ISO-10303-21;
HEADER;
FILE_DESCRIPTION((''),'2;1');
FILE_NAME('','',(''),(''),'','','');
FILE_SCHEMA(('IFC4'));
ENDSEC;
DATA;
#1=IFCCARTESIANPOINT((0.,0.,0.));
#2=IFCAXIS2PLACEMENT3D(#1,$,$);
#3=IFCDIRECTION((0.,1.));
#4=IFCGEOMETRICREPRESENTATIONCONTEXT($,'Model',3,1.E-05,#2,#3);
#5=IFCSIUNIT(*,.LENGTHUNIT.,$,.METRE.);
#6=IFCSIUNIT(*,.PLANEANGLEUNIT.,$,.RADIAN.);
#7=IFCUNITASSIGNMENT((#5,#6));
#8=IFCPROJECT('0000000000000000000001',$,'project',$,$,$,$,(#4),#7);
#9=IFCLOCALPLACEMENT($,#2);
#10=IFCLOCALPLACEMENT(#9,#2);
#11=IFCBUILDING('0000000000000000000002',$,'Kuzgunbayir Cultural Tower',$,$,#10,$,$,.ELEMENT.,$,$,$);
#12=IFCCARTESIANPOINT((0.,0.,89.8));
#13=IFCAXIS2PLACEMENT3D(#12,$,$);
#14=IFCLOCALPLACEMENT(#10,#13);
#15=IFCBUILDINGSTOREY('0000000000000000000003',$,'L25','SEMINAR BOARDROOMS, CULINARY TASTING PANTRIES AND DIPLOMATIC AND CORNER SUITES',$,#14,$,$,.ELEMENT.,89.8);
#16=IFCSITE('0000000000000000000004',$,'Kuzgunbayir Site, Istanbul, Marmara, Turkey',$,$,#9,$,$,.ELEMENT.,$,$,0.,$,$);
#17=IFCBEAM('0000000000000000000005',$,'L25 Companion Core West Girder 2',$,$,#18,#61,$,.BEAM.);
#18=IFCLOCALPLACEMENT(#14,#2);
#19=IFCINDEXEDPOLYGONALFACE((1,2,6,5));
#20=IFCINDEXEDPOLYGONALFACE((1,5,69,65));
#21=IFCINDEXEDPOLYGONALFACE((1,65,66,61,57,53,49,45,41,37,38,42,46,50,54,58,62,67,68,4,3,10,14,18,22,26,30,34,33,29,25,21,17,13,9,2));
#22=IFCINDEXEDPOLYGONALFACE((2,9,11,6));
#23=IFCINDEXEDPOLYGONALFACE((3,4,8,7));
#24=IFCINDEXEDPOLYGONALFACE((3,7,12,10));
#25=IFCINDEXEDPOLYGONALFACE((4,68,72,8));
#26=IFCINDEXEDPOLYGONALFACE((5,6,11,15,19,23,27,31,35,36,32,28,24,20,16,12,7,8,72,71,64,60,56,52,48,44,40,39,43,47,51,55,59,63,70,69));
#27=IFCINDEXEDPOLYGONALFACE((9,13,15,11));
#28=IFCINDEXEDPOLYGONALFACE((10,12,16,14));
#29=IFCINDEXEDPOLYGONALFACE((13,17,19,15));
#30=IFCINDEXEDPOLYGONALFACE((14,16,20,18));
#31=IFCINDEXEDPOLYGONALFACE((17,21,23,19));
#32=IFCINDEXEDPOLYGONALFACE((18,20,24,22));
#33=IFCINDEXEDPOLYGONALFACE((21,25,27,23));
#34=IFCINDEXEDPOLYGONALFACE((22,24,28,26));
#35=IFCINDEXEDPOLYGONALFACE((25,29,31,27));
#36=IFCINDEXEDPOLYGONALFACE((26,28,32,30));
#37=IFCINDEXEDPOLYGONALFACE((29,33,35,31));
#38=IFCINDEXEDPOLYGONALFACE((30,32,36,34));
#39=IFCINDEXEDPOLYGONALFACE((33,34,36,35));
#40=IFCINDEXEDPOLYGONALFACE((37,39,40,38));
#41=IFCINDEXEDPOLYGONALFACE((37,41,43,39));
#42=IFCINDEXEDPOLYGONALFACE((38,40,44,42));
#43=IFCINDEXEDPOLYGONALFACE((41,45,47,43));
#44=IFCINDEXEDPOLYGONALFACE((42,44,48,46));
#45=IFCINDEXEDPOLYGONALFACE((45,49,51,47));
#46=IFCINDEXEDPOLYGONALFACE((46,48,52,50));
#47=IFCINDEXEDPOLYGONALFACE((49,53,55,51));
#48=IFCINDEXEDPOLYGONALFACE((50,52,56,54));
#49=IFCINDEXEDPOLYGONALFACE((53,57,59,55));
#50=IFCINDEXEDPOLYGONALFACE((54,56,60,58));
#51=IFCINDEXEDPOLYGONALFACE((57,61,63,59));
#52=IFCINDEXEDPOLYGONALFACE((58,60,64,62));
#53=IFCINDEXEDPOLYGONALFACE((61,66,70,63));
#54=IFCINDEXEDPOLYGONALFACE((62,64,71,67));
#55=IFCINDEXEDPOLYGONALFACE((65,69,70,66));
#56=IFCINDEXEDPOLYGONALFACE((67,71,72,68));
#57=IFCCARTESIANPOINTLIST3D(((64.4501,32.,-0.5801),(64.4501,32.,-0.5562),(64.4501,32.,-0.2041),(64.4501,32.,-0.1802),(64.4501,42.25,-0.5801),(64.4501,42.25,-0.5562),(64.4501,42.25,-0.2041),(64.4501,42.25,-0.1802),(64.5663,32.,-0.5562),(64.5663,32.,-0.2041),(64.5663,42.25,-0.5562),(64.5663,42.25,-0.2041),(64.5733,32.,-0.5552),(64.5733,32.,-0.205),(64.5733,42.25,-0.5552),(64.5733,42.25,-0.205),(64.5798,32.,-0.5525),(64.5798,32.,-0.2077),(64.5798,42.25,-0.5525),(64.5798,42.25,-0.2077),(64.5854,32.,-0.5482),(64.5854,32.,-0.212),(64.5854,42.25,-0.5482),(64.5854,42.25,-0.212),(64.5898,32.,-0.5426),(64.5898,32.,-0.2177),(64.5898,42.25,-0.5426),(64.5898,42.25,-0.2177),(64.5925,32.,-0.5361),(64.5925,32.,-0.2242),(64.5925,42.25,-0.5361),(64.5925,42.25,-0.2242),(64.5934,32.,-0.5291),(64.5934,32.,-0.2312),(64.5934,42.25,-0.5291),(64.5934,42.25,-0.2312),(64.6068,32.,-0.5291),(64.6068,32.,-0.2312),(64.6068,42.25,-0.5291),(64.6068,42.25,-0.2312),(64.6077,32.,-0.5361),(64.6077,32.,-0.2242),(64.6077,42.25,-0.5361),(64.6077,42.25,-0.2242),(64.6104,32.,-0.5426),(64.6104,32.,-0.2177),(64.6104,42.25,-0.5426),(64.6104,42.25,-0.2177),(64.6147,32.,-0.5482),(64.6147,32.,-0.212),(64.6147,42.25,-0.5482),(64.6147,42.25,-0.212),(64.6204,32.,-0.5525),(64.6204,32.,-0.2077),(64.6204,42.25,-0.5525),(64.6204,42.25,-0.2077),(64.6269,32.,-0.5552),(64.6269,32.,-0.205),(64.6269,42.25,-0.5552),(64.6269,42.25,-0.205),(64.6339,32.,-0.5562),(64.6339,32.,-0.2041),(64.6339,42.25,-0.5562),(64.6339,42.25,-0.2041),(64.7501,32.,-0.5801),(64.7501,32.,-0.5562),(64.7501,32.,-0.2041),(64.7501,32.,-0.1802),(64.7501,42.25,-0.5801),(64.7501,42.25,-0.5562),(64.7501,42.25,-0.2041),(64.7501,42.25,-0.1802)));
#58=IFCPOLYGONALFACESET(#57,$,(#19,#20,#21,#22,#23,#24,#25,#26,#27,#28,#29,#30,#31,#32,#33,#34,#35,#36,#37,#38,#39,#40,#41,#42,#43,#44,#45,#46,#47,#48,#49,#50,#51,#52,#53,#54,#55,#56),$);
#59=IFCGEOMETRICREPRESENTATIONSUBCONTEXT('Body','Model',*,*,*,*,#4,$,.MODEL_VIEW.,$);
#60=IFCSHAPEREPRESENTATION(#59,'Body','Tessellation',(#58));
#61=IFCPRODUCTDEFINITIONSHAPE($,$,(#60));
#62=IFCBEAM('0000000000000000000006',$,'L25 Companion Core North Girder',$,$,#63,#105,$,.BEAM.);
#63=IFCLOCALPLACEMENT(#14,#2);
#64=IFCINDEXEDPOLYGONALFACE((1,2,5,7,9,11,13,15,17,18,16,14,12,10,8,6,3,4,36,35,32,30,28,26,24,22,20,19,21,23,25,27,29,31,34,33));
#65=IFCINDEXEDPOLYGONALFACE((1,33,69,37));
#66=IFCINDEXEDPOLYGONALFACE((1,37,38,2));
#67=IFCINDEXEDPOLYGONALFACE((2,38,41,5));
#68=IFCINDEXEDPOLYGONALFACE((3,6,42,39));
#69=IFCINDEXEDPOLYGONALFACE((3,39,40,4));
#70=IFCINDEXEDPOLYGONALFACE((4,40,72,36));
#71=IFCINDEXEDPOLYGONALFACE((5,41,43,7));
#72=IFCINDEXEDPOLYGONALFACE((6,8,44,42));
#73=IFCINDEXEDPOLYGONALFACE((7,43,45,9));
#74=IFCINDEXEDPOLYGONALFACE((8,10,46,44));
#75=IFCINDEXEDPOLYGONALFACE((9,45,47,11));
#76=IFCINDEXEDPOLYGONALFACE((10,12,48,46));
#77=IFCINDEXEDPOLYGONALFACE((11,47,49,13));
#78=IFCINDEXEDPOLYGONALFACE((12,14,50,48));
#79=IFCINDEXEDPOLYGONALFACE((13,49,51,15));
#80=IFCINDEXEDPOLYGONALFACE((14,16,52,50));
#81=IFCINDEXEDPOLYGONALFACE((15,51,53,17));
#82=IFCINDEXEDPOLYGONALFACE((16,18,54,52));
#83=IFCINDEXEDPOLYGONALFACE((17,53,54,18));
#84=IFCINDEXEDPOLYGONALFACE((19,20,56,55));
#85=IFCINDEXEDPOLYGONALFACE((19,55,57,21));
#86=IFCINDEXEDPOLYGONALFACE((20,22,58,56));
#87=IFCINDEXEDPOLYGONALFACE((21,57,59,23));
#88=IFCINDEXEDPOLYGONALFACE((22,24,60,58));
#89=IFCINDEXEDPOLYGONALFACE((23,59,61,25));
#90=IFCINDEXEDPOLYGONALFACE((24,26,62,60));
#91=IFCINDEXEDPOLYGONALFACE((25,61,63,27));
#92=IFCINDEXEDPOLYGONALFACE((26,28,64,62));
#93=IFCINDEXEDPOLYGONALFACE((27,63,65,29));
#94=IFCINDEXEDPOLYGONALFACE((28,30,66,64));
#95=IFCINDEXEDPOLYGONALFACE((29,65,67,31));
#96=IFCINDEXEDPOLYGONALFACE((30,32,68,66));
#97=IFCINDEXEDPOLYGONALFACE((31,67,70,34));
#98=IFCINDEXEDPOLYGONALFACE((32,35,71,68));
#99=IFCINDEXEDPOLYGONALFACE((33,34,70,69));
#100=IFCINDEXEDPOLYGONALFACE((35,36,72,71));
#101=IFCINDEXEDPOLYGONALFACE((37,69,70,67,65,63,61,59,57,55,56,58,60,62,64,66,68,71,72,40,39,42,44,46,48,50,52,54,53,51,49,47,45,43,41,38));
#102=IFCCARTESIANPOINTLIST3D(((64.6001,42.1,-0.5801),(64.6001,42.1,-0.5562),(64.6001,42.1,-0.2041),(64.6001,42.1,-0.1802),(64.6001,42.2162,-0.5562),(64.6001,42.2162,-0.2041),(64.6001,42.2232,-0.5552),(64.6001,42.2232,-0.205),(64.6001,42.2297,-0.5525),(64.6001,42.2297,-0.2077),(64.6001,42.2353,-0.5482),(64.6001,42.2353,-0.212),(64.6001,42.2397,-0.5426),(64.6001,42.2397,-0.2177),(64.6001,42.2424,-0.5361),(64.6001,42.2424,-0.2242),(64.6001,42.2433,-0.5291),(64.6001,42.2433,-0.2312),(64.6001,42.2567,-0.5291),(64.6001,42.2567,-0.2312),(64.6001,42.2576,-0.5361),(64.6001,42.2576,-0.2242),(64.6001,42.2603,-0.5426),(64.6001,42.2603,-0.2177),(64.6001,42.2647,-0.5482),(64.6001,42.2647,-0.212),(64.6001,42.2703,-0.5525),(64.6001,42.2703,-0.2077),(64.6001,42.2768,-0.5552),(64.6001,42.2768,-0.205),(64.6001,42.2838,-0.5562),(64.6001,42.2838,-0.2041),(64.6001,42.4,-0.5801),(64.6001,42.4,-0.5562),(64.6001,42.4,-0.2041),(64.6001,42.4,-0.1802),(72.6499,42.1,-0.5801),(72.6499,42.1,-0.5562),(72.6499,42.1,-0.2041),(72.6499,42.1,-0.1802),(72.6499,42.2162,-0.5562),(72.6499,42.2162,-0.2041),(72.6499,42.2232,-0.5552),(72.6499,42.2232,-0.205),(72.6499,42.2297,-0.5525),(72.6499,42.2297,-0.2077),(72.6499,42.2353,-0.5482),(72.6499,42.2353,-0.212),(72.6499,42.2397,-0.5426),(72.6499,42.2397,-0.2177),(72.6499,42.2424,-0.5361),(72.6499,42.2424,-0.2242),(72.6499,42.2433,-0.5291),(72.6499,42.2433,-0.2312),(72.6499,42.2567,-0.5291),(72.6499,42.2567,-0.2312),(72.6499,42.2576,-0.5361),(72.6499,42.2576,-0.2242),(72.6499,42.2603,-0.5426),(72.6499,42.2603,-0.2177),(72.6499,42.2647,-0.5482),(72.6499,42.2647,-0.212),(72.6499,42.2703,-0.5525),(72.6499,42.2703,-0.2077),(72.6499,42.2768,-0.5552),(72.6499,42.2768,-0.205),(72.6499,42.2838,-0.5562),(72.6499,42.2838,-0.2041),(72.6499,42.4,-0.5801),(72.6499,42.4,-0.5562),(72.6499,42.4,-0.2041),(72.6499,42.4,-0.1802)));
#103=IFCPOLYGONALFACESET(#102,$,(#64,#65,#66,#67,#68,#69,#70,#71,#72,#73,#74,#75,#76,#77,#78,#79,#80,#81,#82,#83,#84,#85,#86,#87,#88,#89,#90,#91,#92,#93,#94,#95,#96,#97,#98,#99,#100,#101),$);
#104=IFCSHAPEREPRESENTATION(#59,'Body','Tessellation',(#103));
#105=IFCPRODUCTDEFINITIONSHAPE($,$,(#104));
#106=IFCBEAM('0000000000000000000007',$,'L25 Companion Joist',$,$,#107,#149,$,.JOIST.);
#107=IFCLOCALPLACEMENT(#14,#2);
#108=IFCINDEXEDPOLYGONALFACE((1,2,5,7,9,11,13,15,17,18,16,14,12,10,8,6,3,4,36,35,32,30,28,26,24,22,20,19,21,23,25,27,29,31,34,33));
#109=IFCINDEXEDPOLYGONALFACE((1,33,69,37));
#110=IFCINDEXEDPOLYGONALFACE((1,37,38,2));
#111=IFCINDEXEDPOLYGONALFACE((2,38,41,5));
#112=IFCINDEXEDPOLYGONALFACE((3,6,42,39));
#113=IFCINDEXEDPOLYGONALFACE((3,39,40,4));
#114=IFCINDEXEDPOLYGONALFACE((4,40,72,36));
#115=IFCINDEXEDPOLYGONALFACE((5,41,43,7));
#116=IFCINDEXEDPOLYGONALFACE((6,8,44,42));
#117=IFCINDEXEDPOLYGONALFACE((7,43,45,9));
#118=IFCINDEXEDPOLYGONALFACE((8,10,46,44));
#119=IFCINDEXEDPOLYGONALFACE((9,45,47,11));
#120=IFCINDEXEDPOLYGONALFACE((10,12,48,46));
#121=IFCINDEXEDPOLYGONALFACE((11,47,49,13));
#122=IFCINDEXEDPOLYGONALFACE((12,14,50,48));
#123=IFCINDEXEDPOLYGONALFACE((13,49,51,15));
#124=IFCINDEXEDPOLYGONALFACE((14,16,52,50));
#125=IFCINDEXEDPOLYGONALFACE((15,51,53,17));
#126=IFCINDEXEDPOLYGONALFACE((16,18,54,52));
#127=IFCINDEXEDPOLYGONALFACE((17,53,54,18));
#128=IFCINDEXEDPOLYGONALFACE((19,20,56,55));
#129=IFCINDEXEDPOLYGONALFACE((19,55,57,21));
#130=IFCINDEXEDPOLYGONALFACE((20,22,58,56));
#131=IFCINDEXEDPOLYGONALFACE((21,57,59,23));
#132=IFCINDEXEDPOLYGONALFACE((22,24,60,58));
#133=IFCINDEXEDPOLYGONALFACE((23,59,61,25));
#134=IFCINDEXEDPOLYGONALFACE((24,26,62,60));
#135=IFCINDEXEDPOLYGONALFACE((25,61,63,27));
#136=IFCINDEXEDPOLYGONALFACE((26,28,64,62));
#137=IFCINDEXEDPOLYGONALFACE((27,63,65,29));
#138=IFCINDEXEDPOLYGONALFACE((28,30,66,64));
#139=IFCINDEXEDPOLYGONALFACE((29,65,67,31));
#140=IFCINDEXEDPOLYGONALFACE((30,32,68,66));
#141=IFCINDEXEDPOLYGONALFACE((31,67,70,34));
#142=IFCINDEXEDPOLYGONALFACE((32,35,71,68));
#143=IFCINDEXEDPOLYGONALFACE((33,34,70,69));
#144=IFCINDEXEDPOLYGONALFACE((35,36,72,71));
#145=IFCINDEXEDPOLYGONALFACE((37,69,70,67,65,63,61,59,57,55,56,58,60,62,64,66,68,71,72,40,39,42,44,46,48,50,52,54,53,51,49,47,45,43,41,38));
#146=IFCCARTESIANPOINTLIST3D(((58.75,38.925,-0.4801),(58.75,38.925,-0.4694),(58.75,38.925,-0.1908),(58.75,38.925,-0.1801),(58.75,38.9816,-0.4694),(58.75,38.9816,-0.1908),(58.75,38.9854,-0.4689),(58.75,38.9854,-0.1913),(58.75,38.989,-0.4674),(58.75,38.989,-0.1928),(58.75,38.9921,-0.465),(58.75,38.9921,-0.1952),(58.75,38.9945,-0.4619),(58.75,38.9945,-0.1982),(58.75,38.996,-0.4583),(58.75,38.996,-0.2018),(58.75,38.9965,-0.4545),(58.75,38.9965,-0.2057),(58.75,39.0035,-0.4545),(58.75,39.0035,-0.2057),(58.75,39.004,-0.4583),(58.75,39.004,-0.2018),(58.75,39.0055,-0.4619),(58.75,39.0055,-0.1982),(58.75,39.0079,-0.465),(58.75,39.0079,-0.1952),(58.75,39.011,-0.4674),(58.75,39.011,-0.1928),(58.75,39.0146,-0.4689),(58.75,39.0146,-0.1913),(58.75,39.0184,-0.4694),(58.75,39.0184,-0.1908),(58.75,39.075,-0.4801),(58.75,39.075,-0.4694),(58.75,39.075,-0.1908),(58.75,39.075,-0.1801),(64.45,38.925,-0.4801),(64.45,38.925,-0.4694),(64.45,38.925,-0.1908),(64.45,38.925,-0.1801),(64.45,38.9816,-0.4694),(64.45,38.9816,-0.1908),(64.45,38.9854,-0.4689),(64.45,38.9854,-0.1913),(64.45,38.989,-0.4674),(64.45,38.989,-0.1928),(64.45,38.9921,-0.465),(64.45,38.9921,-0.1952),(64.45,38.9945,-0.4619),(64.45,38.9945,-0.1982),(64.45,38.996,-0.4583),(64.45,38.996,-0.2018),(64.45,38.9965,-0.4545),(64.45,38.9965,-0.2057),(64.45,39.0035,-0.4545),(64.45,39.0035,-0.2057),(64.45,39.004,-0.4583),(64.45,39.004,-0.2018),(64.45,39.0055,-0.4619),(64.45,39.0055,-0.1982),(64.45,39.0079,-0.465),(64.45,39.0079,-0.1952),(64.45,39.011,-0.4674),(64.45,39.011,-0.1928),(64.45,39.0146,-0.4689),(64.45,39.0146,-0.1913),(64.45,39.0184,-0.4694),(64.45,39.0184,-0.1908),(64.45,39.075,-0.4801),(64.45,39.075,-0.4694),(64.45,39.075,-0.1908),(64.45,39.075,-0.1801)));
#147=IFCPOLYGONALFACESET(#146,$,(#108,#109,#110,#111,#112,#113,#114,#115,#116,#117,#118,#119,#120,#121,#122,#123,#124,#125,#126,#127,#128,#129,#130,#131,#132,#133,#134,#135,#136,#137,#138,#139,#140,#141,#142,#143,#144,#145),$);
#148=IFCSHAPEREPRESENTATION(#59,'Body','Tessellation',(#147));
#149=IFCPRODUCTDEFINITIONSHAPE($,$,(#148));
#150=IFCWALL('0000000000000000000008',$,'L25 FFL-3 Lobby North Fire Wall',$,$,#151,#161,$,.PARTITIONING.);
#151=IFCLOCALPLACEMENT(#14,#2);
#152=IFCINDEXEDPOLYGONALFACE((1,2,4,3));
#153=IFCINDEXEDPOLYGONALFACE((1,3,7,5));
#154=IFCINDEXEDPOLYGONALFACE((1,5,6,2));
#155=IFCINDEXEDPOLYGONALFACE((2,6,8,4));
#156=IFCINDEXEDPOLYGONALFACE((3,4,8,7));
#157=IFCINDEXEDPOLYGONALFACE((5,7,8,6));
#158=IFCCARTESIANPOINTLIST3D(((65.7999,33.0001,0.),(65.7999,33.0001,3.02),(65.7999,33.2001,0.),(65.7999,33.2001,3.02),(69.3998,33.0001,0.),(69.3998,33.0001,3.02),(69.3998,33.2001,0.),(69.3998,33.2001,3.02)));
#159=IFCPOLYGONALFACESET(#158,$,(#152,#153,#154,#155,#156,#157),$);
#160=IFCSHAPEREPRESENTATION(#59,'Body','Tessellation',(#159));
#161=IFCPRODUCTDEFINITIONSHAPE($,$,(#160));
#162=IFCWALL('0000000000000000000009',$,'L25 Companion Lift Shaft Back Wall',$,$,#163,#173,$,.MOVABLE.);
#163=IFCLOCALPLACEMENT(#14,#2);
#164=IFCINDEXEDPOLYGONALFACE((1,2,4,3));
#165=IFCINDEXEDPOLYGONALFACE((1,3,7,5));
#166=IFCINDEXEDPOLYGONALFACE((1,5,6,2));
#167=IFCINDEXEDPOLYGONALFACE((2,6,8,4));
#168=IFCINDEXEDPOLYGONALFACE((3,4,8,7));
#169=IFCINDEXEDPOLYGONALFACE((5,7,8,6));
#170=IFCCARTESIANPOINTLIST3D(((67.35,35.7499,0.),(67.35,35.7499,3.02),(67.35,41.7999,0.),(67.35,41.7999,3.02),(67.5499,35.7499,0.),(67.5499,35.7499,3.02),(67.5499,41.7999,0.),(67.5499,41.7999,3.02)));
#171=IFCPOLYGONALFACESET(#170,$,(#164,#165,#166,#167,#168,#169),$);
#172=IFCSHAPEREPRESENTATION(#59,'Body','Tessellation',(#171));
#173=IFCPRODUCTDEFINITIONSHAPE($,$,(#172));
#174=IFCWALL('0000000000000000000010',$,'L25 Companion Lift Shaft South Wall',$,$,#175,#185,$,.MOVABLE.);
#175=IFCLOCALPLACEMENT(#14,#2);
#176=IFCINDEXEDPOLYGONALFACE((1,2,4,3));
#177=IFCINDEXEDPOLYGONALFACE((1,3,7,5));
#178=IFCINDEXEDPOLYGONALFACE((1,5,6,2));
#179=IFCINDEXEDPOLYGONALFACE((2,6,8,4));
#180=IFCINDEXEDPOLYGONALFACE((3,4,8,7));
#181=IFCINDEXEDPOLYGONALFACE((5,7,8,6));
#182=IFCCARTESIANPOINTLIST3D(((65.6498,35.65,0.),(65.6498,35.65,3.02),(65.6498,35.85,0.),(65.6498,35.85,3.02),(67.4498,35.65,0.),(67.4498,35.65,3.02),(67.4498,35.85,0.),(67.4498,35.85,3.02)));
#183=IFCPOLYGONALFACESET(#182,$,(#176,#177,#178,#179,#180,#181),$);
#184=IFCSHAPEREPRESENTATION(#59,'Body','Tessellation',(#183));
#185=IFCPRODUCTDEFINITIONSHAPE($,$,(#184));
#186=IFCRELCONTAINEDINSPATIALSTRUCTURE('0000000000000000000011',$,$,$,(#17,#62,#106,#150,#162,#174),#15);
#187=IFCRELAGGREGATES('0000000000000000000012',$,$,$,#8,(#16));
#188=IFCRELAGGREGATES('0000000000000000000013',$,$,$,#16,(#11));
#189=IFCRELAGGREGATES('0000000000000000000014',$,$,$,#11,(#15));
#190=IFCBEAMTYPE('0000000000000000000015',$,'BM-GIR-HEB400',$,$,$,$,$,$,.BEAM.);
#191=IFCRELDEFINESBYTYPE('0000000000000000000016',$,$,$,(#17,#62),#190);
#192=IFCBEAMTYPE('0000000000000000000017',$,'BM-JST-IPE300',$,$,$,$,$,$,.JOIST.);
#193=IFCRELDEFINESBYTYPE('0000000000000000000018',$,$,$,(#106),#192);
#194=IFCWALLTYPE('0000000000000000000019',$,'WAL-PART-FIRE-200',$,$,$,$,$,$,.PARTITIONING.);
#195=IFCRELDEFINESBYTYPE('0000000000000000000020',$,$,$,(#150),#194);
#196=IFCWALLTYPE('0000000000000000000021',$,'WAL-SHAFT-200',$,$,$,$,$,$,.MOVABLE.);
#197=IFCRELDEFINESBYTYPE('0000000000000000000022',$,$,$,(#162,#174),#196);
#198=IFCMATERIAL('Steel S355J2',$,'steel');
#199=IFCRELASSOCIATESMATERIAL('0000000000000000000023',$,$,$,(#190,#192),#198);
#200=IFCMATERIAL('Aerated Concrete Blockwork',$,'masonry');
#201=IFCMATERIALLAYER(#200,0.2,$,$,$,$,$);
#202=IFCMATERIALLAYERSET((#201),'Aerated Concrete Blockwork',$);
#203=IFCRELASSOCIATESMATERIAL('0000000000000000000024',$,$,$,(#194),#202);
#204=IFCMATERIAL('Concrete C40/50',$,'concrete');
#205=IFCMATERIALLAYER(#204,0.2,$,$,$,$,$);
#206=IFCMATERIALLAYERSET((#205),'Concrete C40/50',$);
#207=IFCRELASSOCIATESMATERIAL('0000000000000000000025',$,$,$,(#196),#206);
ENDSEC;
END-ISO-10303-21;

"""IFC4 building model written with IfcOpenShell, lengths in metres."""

from ifc_helpers import new_model, si_unit, direction, frame, frame_2d, origin, origin_2d, place, context, subcontext, project, spatial, rectangle, i_section, extrude, material, layer, layer_set, material_profile, profile_set, type_object, element, save


model = new_model("IFC4")

# Units and contexts
model_context = context("Model", 3, precision=1e-05, world=origin(), true_north=direction((0.0, 1.0)))
body_context = subcontext(model_context, "Body", "Model", "MODEL_VIEW")
ifc_project = project(units=[si_unit("LENGTHUNIT", "METRE"), si_unit("PLANEANGLEUNIT", "RADIAN")], contexts=[model_context])

# Site, building, storey
site_placement = place(None, origin())
site = spatial("IfcSite", under=ifc_project, at=site_placement, Name="Kuzgunbayir Site, Istanbul, Marmara, Turkey", CompositionType="ELEMENT", RefElevation=0.0)
building_placement = place(site_placement, origin())
building = spatial("IfcBuilding", under=site, at=building_placement, Name="Kuzgunbayir Cultural Tower", CompositionType="ELEMENT")
storey_placement = place(building_placement, frame((0.0, 0.0, 89.8)))
storey = spatial("IfcBuildingStorey", under=building, at=storey_placement, Name="L25", Description="SEMINAR BOARDROOMS, CULINARY TASTING PANTRIES AND DIPLOMATIC AND CORNER SUITES", CompositionType="ELEMENT", Elevation=89.8)

# Beams
ifc_material_1 = material(Name="Steel S355J2", Category="steel")
ifc_material_profile_1 = material_profile(ifc_material_1, i_section(OverallWidth=0.3, OverallDepth=0.3999, WebThickness=0.0134, FlangeThickness=0.0239, FilletRadius=0.0271, at=origin_2d()), Name="HEB 400")
ifc_profile_set_1 = profile_set([ifc_material_profile_1], Name="Steel S355J2")
beam_type_1 = type_object("IfcBeamType", Name="BM-GIR-HEB400", PredefinedType="BEAM", material=ifc_profile_set_1)
beam_1_placement = place(storey_placement, frame((64.6001, 32.0, -0.3801), z_axis=(0.0, 1.0, 0.0), x_axis=(-1.0, 0.0, 0.0)))
element("IfcBeam", 1, at=beam_1_placement, inside=storey, type_object=beam_type_1, Name="L25 Companion Core West Girder 2", PredefinedType="BEAM", context=body_context, shape_type="SweptSolid", body=[
    extrude(i_section(OverallWidth=0.3, OverallDepth=0.3999, WebThickness=0.0134, FlangeThickness=0.0239, FilletRadius=0.0271, at=origin_2d()), origin(), (0.0, 0.0, 1.0), 10.25),
])
beam_2_placement = place(storey_placement, frame((64.6001, 42.25, -0.3801), z_axis=(1.0, 0.0, 0.0), x_axis=(0.0, 1.0, 0.0)))
element("IfcBeam", 2, at=beam_2_placement, inside=storey, type_object=beam_type_1, Name="L25 Companion Core North Girder", PredefinedType="BEAM", context=body_context, shape_type="SweptSolid", body=[
    extrude(i_section(OverallWidth=0.3, OverallDepth=0.3999, WebThickness=0.0134, FlangeThickness=0.0239, FilletRadius=0.0271, at=origin_2d()), origin(), (0.0, 0.0, 1.0), 8.0498),
])
ifc_material_profile_2 = material_profile(ifc_material_1, i_section(OverallWidth=0.1499, OverallDepth=0.3, WebThickness=0.0071, FlangeThickness=0.0107, FilletRadius=0.0149, at=origin_2d()), Name="IPE 300")
ifc_profile_set_2 = profile_set([ifc_material_profile_2], Name="Steel S355J2")
beam_type_2 = type_object("IfcBeamType", Name="BM-JST-IPE300", PredefinedType="JOIST", material=ifc_profile_set_2)
beam_3_placement = place(storey_placement, frame((58.75, 39.0, -0.3301), z_axis=(1.0, 0.0, 0.0), x_axis=(0.0, 1.0, 0.0)))
element("IfcBeam", 3, at=beam_3_placement, inside=storey, type_object=beam_type_2, Name="L25 Companion Joist", PredefinedType="JOIST", context=body_context, shape_type="SweptSolid", body=[
    extrude(i_section(OverallWidth=0.1499, OverallDepth=0.3, WebThickness=0.0071, FlangeThickness=0.0107, FilletRadius=0.0149, at=origin_2d()), origin(), (0.0, 0.0, 1.0), 5.7),
])

# Wall
ifc_material_2 = material(Name="Aerated Concrete Blockwork", Category="masonry")
ifc_layer_1 = layer(ifc_material_2, 0.2)
ifc_layer_set_1 = layer_set([ifc_layer_1], Name="Aerated Concrete Blockwork")
wall_type_1 = type_object("IfcWallType", Name="WAL-PART-FIRE-200", PredefinedType="PARTITIONING", material=ifc_layer_set_1)
wall_1_placement = place(storey_placement, frame((65.8, 33.1001, 0.0), z_axis=(0.0, 0.0, 1.0), x_axis=(1.0, 0.0, 0.0)))
element("IfcWall", 4, at=wall_1_placement, inside=storey, type_object=wall_type_1, Name="L25 FFL-3 Lobby North Fire Wall", PredefinedType="PARTITIONING", context=body_context, shape_type="SweptSolid", body=[
    extrude(rectangle(XDim=3.5999, YDim=0.2, at=frame_2d((1.7998, 0.0))), origin(), (0.0, 0.0, 1.0), 3.02),
])

# Shared definitions
ifc_material_3 = material(Name="Concrete C40/50", Category="concrete")
ifc_layer_2 = layer(ifc_material_3, 0.2)
ifc_layer_set_2 = layer_set([ifc_layer_2], Name="Concrete C40/50")
wall_type_2 = type_object("IfcWallType", Name="WAL-SHAFT-200", PredefinedType="MOVABLE", material=ifc_layer_set_2)

# Walls
wall_2_placement = place(storey_placement, frame((67.45, 35.75, 0.0), z_axis=(0.0, 0.0, 1.0), x_axis=(0.0, 1.0, 0.0)))
element("IfcWall", 5, at=wall_2_placement, inside=storey, type_object=wall_type_2, Name="L25 Companion Lift Shaft Back Wall", PredefinedType="MOVABLE", context=body_context, shape_type="SweptSolid", body=[
    extrude(rectangle(XDim=6.05, YDim=0.2, at=frame_2d((3.0249, 0.0))), origin(), (0.0, 0.0, 1.0), 3.02),
])
wall_3_placement = place(storey_placement, frame((65.6499, 35.75, 0.0), z_axis=(0.0, 0.0, 1.0), x_axis=(1.0, 0.0, 0.0)))
element("IfcWall", 6, at=wall_3_placement, inside=storey, type_object=wall_type_2, Name="L25 Companion Lift Shaft South Wall", PredefinedType="MOVABLE", context=body_context, shape_type="SweptSolid", body=[
    extrude(rectangle(XDim=1.8, YDim=0.2, at=frame_2d((0.8999, 0.0))), origin(), (0.0, 0.0, 1.0), 3.02),
])

save(model, "model.ifc")
